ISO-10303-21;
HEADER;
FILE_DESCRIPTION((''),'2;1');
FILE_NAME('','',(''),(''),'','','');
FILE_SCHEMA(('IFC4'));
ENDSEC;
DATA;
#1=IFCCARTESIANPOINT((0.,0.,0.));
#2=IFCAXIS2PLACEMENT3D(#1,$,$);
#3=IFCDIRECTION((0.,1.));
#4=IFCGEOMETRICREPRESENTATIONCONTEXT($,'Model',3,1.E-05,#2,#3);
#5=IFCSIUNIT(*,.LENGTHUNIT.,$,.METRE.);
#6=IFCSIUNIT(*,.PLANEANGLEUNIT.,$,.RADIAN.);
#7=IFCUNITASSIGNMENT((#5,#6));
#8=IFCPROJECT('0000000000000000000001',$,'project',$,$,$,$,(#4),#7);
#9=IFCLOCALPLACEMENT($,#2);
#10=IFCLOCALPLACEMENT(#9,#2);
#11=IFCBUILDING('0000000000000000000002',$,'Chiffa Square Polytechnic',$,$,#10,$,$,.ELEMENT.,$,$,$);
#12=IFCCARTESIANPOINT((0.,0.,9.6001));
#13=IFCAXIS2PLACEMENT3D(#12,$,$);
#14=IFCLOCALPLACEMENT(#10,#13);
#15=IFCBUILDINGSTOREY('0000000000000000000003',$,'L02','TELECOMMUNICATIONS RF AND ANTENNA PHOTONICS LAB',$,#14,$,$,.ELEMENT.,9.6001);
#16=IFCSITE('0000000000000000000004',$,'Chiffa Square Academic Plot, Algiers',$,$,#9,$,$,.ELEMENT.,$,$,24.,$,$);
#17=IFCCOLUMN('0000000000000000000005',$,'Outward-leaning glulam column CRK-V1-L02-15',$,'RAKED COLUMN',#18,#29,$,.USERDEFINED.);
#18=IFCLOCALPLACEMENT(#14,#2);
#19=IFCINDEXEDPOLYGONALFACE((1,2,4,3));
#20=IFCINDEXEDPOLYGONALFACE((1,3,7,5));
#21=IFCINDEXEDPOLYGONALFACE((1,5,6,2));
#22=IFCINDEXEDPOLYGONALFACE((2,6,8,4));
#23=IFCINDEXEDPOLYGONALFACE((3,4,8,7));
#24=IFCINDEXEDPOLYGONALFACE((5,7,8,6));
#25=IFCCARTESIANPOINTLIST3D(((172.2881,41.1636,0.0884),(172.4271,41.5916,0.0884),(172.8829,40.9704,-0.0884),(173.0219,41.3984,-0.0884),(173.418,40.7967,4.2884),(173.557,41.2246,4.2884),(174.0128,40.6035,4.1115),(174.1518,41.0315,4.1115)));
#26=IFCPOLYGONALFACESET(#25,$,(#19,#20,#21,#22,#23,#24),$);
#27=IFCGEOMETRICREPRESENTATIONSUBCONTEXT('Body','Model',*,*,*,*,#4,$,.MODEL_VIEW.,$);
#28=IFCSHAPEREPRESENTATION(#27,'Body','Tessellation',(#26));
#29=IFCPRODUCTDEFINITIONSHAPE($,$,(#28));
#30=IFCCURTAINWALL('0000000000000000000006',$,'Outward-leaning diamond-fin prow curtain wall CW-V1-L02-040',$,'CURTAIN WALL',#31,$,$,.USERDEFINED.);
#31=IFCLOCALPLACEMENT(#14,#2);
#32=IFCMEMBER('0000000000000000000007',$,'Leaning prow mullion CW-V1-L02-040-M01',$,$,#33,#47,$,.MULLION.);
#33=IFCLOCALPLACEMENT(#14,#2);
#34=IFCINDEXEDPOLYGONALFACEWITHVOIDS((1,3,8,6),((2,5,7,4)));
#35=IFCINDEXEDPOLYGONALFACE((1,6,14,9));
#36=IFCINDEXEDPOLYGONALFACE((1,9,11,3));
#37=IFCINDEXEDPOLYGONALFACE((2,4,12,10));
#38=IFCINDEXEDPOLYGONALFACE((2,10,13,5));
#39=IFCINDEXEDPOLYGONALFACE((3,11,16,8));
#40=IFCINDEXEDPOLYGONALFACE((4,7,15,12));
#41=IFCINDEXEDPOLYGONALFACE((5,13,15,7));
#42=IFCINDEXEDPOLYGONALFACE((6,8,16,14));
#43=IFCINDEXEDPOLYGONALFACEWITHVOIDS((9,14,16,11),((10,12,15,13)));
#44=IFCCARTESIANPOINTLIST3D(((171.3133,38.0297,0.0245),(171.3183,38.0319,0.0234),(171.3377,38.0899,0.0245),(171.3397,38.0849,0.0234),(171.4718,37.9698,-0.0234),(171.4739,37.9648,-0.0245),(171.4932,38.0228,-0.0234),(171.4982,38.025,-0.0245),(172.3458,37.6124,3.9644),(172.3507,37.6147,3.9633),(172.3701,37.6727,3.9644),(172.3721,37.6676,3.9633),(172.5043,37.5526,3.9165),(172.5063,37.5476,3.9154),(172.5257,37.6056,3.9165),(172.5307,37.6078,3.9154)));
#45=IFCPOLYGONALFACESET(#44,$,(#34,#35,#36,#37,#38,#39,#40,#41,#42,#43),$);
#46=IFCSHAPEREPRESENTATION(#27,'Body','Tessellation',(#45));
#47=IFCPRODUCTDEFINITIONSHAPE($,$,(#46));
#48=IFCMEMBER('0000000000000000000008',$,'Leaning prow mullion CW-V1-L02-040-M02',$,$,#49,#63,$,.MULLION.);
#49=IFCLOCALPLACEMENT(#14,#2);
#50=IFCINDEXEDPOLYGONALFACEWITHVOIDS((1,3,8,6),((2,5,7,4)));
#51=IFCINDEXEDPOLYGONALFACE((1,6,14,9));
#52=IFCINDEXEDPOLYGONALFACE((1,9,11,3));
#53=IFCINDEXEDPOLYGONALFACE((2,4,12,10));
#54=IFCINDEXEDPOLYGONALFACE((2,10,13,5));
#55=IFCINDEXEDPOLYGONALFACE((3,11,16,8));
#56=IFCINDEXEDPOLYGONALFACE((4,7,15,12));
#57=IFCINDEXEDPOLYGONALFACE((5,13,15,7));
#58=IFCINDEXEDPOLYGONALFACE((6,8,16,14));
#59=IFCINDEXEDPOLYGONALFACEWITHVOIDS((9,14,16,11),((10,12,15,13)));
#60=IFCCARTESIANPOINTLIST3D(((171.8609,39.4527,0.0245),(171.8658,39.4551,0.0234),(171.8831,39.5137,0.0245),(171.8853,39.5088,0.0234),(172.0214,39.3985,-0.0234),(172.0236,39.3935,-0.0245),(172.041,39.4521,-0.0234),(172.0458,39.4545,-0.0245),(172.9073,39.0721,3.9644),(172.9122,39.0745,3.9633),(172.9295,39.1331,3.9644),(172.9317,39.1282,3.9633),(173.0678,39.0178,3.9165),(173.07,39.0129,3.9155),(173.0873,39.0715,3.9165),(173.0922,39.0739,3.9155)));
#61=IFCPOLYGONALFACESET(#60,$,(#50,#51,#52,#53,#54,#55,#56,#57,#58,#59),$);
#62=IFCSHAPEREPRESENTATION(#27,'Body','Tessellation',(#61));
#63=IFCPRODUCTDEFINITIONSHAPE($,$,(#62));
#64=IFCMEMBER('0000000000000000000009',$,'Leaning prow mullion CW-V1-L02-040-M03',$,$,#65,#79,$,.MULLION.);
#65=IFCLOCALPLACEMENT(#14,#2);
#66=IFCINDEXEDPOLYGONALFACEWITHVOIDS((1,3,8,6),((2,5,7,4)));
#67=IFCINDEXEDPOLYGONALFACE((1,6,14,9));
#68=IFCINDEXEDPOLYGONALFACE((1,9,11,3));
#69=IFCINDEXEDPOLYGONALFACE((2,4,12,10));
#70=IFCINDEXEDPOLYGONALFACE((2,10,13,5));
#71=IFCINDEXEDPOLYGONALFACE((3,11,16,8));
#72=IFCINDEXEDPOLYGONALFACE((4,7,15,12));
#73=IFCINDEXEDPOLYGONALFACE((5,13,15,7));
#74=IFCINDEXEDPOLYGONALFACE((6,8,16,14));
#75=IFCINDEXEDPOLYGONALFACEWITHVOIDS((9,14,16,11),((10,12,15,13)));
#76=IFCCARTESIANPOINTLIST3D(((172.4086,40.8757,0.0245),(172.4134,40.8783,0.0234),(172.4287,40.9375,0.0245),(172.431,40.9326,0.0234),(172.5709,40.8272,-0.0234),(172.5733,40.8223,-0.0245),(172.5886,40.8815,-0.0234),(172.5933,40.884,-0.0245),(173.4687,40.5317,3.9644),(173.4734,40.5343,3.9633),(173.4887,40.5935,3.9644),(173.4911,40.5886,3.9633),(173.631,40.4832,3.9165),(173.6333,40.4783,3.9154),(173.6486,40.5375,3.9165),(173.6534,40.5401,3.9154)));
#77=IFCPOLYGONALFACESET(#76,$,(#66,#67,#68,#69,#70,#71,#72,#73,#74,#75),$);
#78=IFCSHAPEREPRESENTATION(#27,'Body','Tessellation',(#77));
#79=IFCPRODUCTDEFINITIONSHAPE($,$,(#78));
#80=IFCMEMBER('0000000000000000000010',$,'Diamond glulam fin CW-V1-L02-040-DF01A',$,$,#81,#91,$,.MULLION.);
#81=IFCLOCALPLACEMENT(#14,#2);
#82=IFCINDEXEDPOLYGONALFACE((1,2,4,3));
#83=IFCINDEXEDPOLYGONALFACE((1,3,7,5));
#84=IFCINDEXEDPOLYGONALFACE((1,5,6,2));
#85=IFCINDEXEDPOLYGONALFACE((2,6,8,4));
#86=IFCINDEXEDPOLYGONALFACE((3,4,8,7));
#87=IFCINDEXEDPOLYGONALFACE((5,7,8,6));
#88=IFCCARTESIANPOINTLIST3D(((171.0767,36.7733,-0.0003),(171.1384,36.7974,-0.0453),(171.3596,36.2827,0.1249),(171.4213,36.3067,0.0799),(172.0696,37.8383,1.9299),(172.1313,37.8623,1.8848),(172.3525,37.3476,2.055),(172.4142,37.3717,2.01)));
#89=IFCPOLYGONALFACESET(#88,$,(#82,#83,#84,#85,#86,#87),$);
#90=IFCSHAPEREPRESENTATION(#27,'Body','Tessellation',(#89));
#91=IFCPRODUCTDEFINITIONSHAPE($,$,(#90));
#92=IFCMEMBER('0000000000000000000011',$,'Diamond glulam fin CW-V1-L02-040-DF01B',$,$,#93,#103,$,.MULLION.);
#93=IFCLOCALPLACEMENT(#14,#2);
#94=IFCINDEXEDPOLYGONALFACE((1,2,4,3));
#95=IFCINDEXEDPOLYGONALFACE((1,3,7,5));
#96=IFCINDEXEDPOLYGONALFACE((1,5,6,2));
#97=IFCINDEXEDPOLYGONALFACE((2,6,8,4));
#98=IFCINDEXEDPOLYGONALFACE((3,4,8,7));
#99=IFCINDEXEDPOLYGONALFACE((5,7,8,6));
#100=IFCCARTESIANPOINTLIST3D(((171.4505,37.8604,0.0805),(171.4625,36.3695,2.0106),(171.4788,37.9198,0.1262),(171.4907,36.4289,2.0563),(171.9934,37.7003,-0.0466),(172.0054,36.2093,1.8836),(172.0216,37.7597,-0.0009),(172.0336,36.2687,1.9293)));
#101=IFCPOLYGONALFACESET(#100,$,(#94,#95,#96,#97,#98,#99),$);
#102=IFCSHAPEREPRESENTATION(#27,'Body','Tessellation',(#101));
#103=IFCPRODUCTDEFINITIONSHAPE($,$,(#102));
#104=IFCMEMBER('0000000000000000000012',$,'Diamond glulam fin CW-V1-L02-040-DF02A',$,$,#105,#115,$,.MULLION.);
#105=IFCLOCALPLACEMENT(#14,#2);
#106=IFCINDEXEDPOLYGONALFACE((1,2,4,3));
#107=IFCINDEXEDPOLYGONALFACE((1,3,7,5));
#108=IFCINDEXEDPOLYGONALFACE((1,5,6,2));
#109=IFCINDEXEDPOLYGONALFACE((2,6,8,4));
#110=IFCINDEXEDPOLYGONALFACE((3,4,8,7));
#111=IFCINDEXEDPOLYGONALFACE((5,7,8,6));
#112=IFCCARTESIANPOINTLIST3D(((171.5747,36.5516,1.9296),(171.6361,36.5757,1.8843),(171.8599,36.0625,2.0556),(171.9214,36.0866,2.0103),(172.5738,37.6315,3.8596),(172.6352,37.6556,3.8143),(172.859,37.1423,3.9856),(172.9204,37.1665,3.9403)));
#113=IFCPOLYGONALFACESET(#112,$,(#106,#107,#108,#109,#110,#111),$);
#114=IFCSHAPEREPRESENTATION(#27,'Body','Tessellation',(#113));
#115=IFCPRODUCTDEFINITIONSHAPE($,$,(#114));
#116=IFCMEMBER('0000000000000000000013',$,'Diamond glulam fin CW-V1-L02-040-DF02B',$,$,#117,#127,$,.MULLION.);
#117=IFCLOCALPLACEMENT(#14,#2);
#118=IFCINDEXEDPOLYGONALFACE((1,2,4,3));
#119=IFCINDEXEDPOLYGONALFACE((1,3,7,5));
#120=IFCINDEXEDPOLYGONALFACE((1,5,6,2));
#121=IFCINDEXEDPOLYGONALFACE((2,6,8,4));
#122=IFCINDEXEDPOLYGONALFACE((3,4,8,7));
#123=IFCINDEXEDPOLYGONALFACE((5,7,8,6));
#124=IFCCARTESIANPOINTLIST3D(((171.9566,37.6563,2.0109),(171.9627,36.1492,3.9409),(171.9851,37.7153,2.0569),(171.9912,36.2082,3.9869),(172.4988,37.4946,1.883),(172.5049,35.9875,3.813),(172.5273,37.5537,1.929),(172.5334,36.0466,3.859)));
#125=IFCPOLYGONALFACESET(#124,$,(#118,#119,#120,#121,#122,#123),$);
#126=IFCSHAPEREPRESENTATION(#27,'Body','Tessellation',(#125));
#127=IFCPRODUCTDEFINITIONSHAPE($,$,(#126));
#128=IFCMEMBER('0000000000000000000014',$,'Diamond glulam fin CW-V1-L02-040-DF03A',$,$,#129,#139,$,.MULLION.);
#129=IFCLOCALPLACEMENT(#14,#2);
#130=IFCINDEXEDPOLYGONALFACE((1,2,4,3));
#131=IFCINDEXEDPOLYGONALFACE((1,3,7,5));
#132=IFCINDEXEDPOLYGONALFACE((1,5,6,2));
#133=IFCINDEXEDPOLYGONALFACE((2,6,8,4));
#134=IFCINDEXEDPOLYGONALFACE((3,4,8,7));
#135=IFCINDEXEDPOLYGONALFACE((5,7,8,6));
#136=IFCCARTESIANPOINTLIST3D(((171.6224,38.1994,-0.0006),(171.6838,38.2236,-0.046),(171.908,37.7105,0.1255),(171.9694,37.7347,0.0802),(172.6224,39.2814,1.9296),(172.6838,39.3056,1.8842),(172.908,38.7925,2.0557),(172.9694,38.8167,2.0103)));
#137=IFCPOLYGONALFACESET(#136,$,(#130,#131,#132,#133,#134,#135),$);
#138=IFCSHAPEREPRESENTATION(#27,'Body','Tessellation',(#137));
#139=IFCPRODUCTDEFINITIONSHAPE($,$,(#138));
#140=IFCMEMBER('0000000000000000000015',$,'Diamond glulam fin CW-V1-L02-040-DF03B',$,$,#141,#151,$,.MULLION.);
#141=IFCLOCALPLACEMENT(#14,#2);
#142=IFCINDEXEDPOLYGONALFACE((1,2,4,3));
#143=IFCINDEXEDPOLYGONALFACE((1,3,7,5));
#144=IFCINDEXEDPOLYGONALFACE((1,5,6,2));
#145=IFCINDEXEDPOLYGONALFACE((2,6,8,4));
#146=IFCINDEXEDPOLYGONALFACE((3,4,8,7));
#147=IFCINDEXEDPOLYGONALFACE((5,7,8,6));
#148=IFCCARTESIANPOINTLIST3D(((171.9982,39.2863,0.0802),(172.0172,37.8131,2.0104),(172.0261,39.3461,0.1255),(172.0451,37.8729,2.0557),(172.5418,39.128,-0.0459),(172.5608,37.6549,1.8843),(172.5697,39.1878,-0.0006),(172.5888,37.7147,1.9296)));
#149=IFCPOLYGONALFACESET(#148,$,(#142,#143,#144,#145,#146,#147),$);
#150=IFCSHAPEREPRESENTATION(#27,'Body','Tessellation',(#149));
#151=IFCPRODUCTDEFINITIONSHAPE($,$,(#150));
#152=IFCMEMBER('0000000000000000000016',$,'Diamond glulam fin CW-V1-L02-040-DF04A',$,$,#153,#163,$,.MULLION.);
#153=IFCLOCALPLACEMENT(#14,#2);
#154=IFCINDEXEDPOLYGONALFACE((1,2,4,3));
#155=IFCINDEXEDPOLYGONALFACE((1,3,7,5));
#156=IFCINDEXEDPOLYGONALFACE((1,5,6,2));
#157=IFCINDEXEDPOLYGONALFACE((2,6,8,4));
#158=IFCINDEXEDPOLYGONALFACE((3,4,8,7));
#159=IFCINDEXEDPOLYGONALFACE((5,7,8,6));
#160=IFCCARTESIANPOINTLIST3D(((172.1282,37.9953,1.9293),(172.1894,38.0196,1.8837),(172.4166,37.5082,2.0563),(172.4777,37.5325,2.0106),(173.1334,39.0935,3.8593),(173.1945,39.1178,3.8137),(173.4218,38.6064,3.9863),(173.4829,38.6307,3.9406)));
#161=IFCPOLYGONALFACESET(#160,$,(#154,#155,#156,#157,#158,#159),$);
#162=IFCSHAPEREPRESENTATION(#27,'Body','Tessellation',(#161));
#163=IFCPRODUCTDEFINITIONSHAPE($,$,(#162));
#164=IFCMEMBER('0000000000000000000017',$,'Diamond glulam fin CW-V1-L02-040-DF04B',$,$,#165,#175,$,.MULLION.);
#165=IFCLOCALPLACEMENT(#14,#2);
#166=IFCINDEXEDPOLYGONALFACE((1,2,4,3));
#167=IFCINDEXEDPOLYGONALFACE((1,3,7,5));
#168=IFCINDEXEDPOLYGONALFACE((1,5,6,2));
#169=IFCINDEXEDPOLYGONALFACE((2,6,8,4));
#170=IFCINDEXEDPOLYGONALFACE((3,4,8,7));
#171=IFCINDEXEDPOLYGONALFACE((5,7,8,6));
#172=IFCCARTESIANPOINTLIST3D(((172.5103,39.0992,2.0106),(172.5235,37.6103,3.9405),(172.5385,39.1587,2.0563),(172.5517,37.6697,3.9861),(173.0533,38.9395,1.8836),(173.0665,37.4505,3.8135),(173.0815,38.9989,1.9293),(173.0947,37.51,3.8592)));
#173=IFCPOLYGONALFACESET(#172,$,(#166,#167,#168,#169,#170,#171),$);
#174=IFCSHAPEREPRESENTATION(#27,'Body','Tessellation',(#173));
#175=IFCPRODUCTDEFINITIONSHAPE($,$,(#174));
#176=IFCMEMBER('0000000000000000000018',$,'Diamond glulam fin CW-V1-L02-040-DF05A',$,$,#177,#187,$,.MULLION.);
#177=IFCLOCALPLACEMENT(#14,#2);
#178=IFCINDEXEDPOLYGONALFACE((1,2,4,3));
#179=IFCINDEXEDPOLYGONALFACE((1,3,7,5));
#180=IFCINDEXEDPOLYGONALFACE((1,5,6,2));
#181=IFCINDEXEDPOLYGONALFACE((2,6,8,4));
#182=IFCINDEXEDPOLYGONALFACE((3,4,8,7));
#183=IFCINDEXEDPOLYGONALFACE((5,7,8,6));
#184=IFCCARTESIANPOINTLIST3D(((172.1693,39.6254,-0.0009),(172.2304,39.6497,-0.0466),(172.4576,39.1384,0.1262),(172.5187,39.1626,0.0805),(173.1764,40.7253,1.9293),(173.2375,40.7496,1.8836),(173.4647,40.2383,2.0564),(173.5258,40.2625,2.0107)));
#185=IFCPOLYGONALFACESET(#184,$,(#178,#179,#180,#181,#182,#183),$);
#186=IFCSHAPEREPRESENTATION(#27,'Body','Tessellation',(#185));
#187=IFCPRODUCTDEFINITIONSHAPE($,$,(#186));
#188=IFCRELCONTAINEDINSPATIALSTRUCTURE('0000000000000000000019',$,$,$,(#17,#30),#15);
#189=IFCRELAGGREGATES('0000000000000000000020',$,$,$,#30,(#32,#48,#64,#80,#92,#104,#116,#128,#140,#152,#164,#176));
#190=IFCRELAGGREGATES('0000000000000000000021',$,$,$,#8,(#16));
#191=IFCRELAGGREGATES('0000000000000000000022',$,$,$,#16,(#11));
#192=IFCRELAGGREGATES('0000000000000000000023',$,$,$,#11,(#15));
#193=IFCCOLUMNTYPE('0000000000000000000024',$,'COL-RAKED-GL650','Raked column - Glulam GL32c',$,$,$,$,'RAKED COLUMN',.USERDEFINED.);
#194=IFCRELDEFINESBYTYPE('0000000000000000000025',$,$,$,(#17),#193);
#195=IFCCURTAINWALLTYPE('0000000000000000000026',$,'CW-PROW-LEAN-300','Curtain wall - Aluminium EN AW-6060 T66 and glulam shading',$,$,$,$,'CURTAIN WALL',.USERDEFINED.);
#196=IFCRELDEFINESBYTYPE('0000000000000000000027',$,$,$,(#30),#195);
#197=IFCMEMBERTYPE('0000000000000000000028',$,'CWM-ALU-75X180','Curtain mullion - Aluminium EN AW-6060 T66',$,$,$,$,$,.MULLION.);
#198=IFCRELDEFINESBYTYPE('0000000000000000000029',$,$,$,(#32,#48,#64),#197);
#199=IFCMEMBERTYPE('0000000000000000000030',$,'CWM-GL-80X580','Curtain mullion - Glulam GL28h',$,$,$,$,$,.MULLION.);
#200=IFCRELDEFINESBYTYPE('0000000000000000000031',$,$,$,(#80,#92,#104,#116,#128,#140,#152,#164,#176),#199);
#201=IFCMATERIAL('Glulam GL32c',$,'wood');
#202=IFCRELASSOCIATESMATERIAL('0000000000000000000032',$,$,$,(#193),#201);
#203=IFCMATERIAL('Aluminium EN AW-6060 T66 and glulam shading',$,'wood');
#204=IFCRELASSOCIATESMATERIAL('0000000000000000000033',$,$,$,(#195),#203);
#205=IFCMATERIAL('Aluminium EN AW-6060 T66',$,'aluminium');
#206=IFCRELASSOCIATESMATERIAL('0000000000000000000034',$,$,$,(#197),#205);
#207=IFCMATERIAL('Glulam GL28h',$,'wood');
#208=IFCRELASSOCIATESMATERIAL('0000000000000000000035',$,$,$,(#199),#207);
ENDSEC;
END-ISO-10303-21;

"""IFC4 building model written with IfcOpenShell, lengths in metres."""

from ifc_helpers import new_model, si_unit, direction, frame, origin, origin_2d, place, context, subcontext, project, spatial, rectangle, hollow_rectangle, extrude, material, material_profile, profile_set, type_object, element, aggregate, save


model = new_model("IFC4")

# Units and contexts
model_context = context("Model", 3, precision=1e-05, world=origin(), true_north=direction((0.0, 1.0)))
body_context = subcontext(model_context, "Body", "Model", "MODEL_VIEW")
ifc_project = project(units=[si_unit("LENGTHUNIT", "METRE"), si_unit("PLANEANGLEUNIT", "RADIAN")], contexts=[model_context])

# Site, building, storey
site_placement = place(None, origin())
site = spatial("IfcSite", under=ifc_project, at=site_placement, Name="Chiffa Square Academic Plot, Algiers", CompositionType="ELEMENT", RefElevation=24.0)
building_placement = place(site_placement, origin())
building = spatial("IfcBuilding", under=site, at=building_placement, Name="Chiffa Square Polytechnic", CompositionType="ELEMENT")
storey_placement = place(building_placement, frame((0.0, 0.0, 9.6001)))
storey = spatial("IfcBuildingStorey", under=building, at=storey_placement, Name="L02", Description="TELECOMMUNICATIONS RF AND ANTENNA PHOTONICS LAB", CompositionType="ELEMENT", Elevation=9.6001)

# Column
ifc_material_1 = material(Name="Glulam GL32c", Category="wood")
ifc_material_profile_1 = material_profile(ifc_material_1, rectangle(XDim=0.45, YDim=0.6499, at=origin_2d()), Name="GL32c 450x650")
ifc_profile_set_1 = profile_set([ifc_material_profile_1], Name="Glulam GL32c")
column_type = type_object("IfcColumnType", Name="COL-RAKED-GL650", Description="Raked column - Glulam GL32c", ElementType="RAKED COLUMN", PredefinedType="USERDEFINED", material=ifc_profile_set_1)
column_placement = place(storey_placement, frame((172.655, 41.281, 0.0), z_axis=(0.258867, -0.08407, 0.962248), x_axis=(0.308882, 0.9511, 0.0)))
element("IfcColumn", 1, at=column_placement, inside=storey, type_object=column_type, Name="Outward-leaning glulam column CRK-V1-L02-15", ObjectType="RAKED COLUMN", PredefinedType="USERDEFINED", context=body_context, shape_type="SweptSolid", body=[
    extrude(rectangle(XDim=0.45, YDim=0.6499, at=origin_2d()), origin(), (0.0, 0.0, 1.0), 4.3647),
])

# Curtain wall, members
ifc_material_2 = material(Name="Aluminium EN AW-6060 T66 and glulam shading", Category="wood")
curtain_wall_type_1 = type_object("IfcCurtainWallType", Name="CW-PROW-LEAN-300", Description="Curtain wall - Aluminium EN AW-6060 T66 and glulam shading", ElementType="CURTAIN WALL", PredefinedType="USERDEFINED", material=ifc_material_2)
curtain_wall_1_placement = place(storey_placement, origin())
curtain_wall_1 = element("IfcCurtainWall", 2, at=curtain_wall_1_placement, inside=storey, type_object=curtain_wall_type_1, Name="Outward-leaning diamond-fin prow curtain wall CW-V1-L02-040", ObjectType="CURTAIN WALL", PredefinedType="USERDEFINED")
ifc_material_3 = material(Name="Aluminium EN AW-6060 T66", Category="aluminium")
ifc_material_profile_2 = material_profile(ifc_material_3, hollow_rectangle(XDim=0.0649, YDim=0.1799, WallThickness=0.0039, at=origin_2d()), Name="ALU 65x180x4")
ifc_profile_set_2 = profile_set([ifc_material_profile_2], Name="Aluminium EN AW-6060 T66")
member_type_1 = type_object("IfcMemberType", Name="CWM-ALU-75X180", Description="Curtain mullion - Aluminium EN AW-6060 T66", PredefinedType="MULLION", material=ifc_profile_set_2)
member_1_placement = place(storey_placement, frame((171.4058, 38.0273, 0.0), z_axis=(0.252173, -0.101907, 0.962301), x_axis=(0.374677, 0.927155, 0.0)))
member_1 = element("IfcMember", 3, at=member_1_placement, type_object=member_type_1, Name="Leaning prow mullion CW-V1-L02-040-M01", PredefinedType="MULLION", context=body_context, shape_type="SweptSolid", body=[
    extrude(hollow_rectangle(XDim=0.0649, YDim=0.1799, WallThickness=0.0039, at=origin_2d()), origin(), (0.0, 0.0, 1.0), 4.0942),
])
member_2_placement = place(storey_placement, frame((171.9534, 39.4536, 0.0), z_axis=(0.255574, -0.092963, 0.96231), x_axis=(0.341831, 0.939761, 0.0)))
member_2 = element("IfcMember", 4, at=member_2_placement, type_object=member_type_1, Name="Leaning prow mullion CW-V1-L02-040-M02", PredefinedType="MULLION", context=body_context, shape_type="SweptSolid", body=[
    extrude(hollow_rectangle(XDim=0.0649, YDim=0.1799, WallThickness=0.0039, at=origin_2d()), origin(), (0.0, 0.0, 1.0), 4.0942),
])
member_3_placement = place(storey_placement, frame((172.501, 40.8799, 0.0), z_axis=(0.258896, -0.084013, 0.962245), x_axis=(0.30866, 0.951172, 0.0)))
member_3 = element("IfcMember", 5, at=member_3_placement, type_object=member_type_1, Name="Leaning prow mullion CW-V1-L02-040-M03", PredefinedType="MULLION", context=body_context, shape_type="SweptSolid", body=[
    extrude(hollow_rectangle(XDim=0.0649, YDim=0.1799, WallThickness=0.0039, at=origin_2d()), origin(), (0.0, 0.0, 1.0), 4.0945),
])
ifc_material_4 = material(Name="Glulam GL28h", Category="wood")
ifc_material_profile_3 = material_profile(ifc_material_4, rectangle(XDim=0.0801, YDim=0.5801, at=origin_2d()), Name="GL28h 80x580")
ifc_profile_set_3 = profile_set([ifc_material_profile_3], Name="Glulam GL28h")
member_type_2 = type_object("IfcMemberType", Name="CWM-GL-80X580", Description="Curtain mullion - Glulam GL28h", PredefinedType="MULLION", material=ifc_profile_set_3)
member_4_placement = place(storey_placement, frame((171.249, 36.54, 0.0398), z_axis=(0.410677, 0.440466, 0.798332), x_axis=(-0.770369, -0.300736, 0.562219)))
member_4 = element("IfcMember", 6, at=member_4_placement, type_object=member_type_2, Name="Diamond glulam fin CW-V1-L02-040-DF01A", PredefinedType="MULLION", context=body_context, shape_type="SweptSolid", body=[
    extrude(rectangle(XDim=0.0801, YDim=0.5801, at=origin_2d()), origin(), (0.0, 0.0, 1.0), 2.4177),
])
member_5_placement = place(storey_placement, frame((171.7361, 37.8101, 0.0398), z_axis=(0.004905, -0.611303, 0.791381), x_axis=(0.352429, 0.741669, 0.570719)))
member_5 = element("IfcMember", 7, at=member_5_placement, type_object=member_type_2, Name="Diamond glulam fin CW-V1-L02-040-DF01B", PredefinedType="MULLION", context=body_context, shape_type="SweptSolid", body=[
    extrude(rectangle(XDim=0.0801, YDim=0.5801, at=origin_2d()), origin(), (0.0, 0.0, 1.0), 2.439),
])
member_6_placement = place(storey_placement, frame((171.748, 36.3191, 1.97), z_axis=(0.411685, 0.444986, 0.795301), x_axis=(-0.767277, -0.301637, 0.565951)))
member_6 = element("IfcMember", 8, at=member_6_placement, type_object=member_type_2, Name="Diamond glulam fin CW-V1-L02-040-DF02A", PredefinedType="MULLION", context=body_context, shape_type="SweptSolid", body=[
    extrude(rectangle(XDim=0.0801, YDim=0.5801, at=origin_2d()), origin(), (0.0, 0.0, 1.0), 2.4268),
])
member_7_placement = place(storey_placement, frame((172.2419, 37.605, 1.97), z_axis=(0.002493, -0.61547, 0.788156), x_axis=(0.355385, 0.737253, 0.574595)))
member_7 = element("IfcMember", 9, at=member_7_placement, type_object=member_type_2, Name="Diamond glulam fin CW-V1-L02-040-DF02B", PredefinedType="MULLION", context=body_context, shape_type="SweptSolid", body=[
    extrude(rectangle(XDim=0.0801, YDim=0.5801, at=origin_2d()), origin(), (0.0, 0.0, 1.0), 2.4487),
])
member_8_placement = place(storey_placement, frame((171.7959, 37.967, 0.0398), z_axis=(0.41182, 0.445602, 0.794885), x_axis=(-0.766855, -0.301756, 0.566459)))
member_8 = element("IfcMember", 10, at=member_8_placement, type_object=member_type_2, Name="Diamond glulam fin CW-V1-L02-040-DF03A", PredefinedType="MULLION", context=body_context, shape_type="SweptSolid", body=[
    extrude(rectangle(XDim=0.0801, YDim=0.5801, at=origin_2d()), origin(), (0.0, 0.0, 1.0), 2.4282),
])
member_9_placement = place(storey_placement, frame((172.2839, 39.2371, 0.0398), z_axis=(0.007842, -0.606685, 0.794904), x_axis=(0.348746, 0.746677, 0.566436)))
member_9 = element("IfcMember", 11, at=member_9_placement, type_object=member_type_2, Name="Diamond glulam fin CW-V1-L02-040-DF03B", PredefinedType="MULLION", context=body_context, shape_type="SweptSolid", body=[
    extrude(rectangle(XDim=0.0801, YDim=0.5801, at=origin_2d()), origin(), (0.0, 0.0, 1.0), 2.4282),
])
member_10_placement = place(storey_placement, frame((172.303, 37.7639, 1.97), z_axis=(0.41238, 0.450542, 0.791805), x_axis=(-0.763451, -0.303325, 0.570207)))
member_10 = element("IfcMember", 12, at=member_10_placement, type_object=member_type_2, Name="Diamond glulam fin CW-V1-L02-040-DF04A", PredefinedType="MULLION", context=body_context, shape_type="SweptSolid", body=[
    extrude(rectangle(XDim=0.0801, YDim=0.5801, at=origin_2d()), origin(), (0.0, 0.0, 1.0), 2.4375),
])
member_11_placement = place(storey_placement, frame((172.7959, 39.0491, 1.97), z_axis=(0.005408, -0.610848, 0.791729), x_axis=(0.35181, 0.742287, 0.570298)))
member_11 = element("IfcMember", 13, at=member_11_placement, type_object=member_type_2, Name="Diamond glulam fin CW-V1-L02-040-DF04B", PredefinedType="MULLION", context=body_context, shape_type="SweptSolid", body=[
    extrude(rectangle(XDim=0.0801, YDim=0.5801, at=origin_2d()), origin(), (0.0, 0.0, 1.0), 2.4375),
])
member_12_placement = place(storey_placement, frame((172.344, 39.394, 0.0398), z_axis=(0.412881, 0.450916, 0.79133), x_axis=(-0.76321, -0.302852, 0.570781)))
member_12 = element("IfcMember", 14, at=member_12_placement, type_object=member_type_2, Name="Diamond glulam fin CW-V1-L02-040-DF05A", PredefinedType="MULLION", context=body_context, shape_type="SweptSolid", body=[
    extrude(rectangle(XDim=0.0801, YDim=0.5801, at=origin_2d()), origin(), (0.0, 0.0, 1.0), 2.4392),
])

aggregate(curtain_wall_1, [member_1, member_2, member_3, member_4, member_5, member_6, member_7, member_8, member_9, member_10, member_11, member_12])

save(model, "model.ifc")
